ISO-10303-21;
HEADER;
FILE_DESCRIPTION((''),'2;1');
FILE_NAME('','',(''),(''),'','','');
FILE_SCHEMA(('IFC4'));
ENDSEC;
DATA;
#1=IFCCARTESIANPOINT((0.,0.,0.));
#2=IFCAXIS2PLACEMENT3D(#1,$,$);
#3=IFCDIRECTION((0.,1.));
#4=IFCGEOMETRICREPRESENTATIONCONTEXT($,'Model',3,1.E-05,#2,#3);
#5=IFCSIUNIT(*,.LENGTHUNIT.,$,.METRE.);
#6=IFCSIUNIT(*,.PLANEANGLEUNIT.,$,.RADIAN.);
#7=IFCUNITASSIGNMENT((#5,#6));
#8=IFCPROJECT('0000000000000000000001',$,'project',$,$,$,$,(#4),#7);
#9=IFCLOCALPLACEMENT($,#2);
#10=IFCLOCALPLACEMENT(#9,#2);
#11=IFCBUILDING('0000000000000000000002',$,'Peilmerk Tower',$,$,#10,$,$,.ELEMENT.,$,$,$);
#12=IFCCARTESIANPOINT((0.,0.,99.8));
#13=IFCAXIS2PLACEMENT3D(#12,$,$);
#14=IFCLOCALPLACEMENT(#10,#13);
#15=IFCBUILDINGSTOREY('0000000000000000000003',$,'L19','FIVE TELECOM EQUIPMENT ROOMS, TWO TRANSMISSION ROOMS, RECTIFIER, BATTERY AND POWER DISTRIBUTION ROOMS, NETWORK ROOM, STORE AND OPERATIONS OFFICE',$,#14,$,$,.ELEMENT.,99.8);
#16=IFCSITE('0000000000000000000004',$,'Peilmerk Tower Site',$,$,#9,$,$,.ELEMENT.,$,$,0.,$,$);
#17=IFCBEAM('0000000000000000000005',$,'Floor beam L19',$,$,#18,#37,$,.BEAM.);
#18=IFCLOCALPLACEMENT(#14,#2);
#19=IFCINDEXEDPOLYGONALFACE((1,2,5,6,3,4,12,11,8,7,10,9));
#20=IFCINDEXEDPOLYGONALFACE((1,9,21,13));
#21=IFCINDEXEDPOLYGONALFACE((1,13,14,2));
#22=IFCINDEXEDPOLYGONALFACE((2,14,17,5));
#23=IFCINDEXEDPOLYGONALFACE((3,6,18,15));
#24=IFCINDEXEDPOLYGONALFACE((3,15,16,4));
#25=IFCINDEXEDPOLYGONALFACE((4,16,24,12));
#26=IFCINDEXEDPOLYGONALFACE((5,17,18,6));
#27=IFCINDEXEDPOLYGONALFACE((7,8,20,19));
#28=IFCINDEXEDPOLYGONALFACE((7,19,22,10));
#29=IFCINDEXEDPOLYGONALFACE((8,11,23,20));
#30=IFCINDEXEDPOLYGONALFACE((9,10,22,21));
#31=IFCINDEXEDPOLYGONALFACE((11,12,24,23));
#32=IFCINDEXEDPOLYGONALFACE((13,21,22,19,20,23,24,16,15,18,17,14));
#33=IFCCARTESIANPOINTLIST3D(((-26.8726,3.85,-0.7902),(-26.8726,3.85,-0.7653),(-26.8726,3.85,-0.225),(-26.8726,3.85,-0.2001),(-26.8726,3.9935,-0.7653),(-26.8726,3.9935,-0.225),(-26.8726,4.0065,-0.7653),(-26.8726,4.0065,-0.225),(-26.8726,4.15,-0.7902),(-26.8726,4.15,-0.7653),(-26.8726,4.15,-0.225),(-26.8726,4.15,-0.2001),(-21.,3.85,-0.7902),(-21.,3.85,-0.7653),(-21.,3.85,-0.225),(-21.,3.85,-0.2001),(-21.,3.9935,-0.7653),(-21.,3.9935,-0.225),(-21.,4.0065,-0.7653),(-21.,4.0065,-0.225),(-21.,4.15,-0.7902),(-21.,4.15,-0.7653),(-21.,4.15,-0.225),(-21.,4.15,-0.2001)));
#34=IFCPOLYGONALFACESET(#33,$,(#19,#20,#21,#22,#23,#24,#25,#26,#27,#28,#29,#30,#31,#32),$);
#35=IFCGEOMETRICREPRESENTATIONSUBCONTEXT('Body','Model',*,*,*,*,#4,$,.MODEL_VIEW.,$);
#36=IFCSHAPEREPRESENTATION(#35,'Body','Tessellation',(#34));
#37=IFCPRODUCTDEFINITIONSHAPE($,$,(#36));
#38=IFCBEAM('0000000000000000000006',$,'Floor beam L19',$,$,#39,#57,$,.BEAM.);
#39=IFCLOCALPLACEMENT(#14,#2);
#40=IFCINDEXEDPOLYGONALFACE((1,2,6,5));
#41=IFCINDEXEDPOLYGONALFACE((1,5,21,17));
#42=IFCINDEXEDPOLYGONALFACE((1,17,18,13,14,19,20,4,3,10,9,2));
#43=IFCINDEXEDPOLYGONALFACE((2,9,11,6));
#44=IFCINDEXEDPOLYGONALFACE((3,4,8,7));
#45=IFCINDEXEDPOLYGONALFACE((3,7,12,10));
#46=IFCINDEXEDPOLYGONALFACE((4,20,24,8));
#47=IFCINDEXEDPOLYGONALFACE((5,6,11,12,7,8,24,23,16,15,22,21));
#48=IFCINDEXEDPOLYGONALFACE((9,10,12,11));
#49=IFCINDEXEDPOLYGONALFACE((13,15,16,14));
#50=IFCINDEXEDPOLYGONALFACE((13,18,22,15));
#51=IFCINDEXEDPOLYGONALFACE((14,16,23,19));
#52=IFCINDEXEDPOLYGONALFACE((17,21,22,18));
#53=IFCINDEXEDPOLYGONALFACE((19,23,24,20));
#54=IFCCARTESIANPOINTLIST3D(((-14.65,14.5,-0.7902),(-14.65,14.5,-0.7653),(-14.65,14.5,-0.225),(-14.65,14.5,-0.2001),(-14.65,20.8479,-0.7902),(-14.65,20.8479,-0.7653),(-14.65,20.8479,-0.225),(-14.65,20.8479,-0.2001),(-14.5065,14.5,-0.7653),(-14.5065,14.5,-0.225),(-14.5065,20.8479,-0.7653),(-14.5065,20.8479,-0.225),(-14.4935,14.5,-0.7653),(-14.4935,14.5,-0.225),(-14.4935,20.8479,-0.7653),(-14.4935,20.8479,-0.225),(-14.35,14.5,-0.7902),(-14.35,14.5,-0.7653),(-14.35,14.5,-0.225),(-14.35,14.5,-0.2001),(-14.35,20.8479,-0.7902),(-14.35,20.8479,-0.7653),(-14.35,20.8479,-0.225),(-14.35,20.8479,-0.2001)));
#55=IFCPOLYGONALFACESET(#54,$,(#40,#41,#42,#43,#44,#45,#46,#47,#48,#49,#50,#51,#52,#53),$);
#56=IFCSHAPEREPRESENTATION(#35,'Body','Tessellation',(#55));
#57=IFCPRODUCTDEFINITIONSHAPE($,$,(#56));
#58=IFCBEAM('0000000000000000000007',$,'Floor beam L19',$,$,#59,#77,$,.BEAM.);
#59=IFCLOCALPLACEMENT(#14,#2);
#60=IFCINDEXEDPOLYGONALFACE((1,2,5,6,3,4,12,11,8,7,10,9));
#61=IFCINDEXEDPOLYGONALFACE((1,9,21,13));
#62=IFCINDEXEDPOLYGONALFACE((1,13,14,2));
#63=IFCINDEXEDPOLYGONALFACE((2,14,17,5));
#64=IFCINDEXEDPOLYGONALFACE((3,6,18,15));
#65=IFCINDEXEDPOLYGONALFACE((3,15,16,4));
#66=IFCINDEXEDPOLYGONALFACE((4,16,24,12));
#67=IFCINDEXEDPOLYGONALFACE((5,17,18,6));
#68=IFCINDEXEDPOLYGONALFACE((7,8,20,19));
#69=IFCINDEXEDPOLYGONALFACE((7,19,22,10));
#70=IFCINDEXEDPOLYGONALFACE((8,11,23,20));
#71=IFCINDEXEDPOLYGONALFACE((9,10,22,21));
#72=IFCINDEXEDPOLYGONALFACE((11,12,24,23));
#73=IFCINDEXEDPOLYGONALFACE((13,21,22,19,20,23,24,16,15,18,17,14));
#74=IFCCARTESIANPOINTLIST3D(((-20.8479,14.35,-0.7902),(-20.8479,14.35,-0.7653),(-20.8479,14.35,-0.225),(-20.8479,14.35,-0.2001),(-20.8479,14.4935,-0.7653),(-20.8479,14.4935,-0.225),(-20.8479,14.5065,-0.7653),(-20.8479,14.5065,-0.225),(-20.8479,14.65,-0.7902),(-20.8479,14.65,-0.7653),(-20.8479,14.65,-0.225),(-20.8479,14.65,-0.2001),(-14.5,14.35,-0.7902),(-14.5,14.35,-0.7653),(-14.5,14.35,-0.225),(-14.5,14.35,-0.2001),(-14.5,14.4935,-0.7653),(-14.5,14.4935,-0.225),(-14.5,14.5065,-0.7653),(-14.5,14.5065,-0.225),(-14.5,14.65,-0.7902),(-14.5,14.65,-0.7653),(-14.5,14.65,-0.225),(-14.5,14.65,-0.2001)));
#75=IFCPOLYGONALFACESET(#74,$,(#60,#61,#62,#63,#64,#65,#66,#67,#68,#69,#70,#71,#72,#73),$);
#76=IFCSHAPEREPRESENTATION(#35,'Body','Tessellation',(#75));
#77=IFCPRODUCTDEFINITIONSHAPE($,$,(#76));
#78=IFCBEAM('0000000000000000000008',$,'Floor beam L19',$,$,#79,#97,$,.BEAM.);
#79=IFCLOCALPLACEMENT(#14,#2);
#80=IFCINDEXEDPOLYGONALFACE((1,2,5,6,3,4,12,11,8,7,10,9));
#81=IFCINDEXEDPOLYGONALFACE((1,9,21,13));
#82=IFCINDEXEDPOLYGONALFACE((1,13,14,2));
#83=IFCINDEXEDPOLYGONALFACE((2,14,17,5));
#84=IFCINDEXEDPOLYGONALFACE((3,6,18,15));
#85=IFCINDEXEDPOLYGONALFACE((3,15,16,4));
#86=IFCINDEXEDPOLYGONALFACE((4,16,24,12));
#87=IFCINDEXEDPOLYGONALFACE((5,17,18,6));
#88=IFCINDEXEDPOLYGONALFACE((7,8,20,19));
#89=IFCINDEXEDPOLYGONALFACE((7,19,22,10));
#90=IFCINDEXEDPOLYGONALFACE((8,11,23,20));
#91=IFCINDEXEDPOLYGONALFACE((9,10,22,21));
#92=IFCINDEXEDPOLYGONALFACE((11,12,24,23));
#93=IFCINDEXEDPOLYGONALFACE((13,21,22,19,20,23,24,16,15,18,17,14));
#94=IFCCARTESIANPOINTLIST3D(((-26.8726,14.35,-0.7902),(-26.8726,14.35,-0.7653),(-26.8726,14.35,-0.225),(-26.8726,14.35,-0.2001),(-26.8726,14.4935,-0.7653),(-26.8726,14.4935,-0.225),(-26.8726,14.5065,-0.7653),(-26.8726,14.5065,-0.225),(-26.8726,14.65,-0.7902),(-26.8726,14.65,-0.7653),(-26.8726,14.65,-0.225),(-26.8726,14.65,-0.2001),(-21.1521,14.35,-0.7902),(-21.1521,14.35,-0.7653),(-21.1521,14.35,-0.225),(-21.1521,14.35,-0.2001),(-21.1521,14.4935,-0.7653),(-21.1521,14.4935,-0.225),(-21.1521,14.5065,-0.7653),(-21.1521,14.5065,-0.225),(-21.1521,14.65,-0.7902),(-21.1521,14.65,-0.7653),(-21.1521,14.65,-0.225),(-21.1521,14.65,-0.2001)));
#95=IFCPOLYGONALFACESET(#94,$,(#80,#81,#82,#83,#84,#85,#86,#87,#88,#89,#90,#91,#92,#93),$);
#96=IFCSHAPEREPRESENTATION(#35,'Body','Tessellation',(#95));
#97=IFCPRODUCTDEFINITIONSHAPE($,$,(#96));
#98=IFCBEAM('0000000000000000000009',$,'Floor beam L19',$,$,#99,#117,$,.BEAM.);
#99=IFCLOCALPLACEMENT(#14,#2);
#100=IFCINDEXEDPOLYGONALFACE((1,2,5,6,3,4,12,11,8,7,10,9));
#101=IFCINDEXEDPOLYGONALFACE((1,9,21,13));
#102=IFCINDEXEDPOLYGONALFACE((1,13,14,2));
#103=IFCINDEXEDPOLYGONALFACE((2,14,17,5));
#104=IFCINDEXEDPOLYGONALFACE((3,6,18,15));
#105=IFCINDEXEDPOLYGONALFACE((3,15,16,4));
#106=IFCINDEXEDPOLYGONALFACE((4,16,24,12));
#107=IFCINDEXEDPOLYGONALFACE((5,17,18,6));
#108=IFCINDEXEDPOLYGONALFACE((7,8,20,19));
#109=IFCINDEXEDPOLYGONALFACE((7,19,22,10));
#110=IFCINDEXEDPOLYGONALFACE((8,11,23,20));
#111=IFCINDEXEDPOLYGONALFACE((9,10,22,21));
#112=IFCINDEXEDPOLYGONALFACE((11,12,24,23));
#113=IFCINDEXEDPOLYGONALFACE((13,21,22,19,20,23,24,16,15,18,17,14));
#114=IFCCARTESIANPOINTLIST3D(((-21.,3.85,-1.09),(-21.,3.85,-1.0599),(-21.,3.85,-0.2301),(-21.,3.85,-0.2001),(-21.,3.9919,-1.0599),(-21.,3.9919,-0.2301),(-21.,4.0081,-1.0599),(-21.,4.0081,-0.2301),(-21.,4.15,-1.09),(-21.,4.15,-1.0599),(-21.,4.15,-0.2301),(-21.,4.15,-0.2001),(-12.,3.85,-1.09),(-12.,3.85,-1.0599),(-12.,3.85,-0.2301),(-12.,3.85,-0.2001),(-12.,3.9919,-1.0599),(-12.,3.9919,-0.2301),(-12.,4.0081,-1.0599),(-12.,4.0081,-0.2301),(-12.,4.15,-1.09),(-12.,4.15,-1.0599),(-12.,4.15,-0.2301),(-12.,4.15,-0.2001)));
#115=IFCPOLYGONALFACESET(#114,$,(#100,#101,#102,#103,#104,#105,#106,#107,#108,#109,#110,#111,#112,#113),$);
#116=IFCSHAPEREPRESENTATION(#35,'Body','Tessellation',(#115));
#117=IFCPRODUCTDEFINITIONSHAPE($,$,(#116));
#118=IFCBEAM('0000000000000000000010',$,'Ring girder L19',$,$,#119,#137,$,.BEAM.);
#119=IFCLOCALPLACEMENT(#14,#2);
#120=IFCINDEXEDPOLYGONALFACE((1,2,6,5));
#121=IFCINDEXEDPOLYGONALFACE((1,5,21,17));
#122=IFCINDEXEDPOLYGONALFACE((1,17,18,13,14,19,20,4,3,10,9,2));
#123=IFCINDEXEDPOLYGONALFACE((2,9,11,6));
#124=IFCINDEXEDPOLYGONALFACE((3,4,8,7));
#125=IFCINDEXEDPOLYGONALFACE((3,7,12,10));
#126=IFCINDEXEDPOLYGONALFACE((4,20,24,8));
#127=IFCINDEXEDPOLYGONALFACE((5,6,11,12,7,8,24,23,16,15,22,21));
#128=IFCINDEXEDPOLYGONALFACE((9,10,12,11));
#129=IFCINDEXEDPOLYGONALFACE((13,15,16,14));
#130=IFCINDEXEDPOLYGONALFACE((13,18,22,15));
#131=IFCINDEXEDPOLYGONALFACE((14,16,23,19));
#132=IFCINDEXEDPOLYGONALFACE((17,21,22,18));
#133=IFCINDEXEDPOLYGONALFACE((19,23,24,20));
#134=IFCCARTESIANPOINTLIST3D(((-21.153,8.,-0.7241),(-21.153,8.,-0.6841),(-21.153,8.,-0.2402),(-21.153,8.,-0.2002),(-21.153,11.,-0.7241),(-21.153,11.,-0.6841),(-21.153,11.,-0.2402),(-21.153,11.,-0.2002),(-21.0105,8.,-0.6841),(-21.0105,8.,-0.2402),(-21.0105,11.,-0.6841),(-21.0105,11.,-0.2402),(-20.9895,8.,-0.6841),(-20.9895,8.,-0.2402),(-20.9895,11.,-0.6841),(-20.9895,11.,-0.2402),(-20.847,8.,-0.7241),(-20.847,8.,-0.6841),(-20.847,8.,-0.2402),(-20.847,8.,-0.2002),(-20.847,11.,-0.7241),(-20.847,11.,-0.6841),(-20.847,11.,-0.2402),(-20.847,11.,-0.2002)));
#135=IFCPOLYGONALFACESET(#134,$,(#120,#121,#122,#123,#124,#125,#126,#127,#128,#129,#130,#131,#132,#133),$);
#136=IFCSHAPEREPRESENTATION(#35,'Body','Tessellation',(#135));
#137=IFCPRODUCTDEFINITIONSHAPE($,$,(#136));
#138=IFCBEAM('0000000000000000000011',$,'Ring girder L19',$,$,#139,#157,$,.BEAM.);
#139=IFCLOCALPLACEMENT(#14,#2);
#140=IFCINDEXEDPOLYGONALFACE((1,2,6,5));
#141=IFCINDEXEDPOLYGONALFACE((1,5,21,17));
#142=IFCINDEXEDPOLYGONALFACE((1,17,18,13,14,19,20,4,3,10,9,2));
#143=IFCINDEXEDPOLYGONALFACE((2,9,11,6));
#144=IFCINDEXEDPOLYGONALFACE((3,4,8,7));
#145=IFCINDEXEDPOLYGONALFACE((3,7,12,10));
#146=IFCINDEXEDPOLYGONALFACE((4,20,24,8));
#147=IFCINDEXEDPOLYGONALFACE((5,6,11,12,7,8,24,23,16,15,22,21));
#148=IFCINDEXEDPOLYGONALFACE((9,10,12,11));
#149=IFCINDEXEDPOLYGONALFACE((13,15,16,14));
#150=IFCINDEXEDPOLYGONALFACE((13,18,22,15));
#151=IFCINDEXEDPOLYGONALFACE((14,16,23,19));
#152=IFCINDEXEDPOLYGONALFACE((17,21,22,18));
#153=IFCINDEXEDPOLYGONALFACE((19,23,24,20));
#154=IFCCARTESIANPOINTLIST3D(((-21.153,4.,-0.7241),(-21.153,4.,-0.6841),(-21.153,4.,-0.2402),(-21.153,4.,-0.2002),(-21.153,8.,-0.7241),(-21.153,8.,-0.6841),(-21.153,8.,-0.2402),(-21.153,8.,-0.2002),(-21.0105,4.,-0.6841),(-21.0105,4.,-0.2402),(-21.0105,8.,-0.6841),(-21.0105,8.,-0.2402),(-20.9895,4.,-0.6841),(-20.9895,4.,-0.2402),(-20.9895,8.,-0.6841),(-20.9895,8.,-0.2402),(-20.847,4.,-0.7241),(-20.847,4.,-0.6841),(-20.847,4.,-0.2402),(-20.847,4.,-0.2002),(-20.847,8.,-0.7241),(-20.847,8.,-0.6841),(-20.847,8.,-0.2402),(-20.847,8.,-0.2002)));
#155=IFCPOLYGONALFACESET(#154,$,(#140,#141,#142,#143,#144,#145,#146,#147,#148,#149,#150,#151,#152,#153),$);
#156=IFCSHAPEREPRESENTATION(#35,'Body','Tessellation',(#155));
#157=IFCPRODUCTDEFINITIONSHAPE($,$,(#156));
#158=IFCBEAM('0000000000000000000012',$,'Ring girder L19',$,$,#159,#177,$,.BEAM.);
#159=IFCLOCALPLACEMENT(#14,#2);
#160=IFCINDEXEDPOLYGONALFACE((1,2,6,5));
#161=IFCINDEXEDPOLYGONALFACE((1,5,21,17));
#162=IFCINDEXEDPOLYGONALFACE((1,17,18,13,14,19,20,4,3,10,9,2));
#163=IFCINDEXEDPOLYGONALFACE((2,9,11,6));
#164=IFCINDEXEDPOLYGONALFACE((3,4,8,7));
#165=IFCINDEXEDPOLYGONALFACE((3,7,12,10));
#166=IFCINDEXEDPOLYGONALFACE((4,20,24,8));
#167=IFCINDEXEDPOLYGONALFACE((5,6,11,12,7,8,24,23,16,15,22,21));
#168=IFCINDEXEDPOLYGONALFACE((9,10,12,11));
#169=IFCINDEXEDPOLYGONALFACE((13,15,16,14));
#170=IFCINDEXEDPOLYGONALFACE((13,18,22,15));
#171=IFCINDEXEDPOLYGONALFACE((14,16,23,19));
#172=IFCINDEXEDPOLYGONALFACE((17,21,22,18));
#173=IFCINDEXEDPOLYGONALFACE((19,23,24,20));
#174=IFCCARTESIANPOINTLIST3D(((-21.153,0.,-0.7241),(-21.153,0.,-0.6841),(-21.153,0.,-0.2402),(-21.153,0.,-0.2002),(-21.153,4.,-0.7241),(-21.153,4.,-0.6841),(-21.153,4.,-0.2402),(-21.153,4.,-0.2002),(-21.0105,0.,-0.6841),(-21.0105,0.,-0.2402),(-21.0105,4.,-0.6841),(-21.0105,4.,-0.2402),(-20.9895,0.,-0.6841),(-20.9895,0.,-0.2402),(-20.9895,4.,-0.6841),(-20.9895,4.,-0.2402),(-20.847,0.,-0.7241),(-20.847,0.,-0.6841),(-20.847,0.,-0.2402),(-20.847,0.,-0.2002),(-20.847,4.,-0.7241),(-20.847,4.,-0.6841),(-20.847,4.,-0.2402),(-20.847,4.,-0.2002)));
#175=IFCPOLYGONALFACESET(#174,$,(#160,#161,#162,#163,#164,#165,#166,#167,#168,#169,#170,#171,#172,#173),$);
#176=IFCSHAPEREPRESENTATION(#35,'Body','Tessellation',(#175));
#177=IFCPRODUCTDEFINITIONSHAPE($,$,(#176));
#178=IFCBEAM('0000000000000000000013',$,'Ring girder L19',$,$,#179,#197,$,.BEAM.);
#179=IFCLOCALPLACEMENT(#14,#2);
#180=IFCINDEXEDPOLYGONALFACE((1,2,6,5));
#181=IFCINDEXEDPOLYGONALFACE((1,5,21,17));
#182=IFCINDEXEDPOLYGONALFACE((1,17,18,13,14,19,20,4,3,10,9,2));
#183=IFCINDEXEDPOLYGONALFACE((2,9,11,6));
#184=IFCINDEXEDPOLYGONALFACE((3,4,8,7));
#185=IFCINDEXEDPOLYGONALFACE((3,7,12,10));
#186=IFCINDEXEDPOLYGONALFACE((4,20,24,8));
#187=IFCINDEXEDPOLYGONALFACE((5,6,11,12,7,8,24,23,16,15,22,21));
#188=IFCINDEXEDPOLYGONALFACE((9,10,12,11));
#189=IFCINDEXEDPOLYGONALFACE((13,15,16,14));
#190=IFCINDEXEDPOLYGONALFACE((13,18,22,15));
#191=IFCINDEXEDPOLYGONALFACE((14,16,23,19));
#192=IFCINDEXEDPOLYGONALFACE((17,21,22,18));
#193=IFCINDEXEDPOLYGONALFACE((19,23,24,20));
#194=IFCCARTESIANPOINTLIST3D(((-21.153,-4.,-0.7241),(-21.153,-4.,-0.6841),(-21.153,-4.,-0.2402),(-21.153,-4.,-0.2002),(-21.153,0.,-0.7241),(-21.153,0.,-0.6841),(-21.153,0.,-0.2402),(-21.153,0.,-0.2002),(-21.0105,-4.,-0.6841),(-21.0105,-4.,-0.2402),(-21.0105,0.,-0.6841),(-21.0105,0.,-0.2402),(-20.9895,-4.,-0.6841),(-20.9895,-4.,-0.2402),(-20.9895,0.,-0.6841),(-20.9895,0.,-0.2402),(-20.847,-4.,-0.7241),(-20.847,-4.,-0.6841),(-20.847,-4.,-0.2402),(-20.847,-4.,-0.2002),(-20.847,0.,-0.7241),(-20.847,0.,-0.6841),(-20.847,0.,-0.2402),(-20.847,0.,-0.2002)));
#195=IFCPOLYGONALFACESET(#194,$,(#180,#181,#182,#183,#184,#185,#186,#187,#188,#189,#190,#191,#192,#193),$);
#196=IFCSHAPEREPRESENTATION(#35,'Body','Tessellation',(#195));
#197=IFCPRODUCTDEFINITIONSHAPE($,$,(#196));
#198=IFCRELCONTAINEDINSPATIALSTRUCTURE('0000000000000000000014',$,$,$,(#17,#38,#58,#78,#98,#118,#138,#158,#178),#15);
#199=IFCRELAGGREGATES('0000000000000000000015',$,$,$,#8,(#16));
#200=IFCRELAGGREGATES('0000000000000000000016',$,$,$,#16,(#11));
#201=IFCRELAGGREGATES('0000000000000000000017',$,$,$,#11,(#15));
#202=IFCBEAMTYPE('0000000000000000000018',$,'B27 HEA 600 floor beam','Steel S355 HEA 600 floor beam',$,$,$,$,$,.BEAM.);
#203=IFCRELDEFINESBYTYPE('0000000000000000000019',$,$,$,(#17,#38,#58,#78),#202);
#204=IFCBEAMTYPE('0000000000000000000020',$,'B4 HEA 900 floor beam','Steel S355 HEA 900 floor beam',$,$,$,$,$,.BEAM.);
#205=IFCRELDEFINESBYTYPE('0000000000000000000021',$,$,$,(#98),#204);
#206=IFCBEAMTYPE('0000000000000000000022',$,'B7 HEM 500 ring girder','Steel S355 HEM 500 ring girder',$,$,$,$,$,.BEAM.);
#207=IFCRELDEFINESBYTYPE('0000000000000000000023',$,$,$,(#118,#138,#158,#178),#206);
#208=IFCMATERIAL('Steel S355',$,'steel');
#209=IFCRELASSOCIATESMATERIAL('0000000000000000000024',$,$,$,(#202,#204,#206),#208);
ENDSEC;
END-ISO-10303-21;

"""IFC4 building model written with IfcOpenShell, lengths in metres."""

from ifc_helpers import new_model, si_unit, direction, frame, origin, origin_2d, place, context, subcontext, project, spatial, i_section, extrude, material, material_profile, profile_set, type_object, element, save


model = new_model("IFC4")

# Units and contexts
model_context = context("Model", 3, precision=1e-05, world=origin(), true_north=direction((0.0, 1.0)))
body_context = subcontext(model_context, "Body", "Model", "MODEL_VIEW")
ifc_project = project(units=[si_unit("LENGTHUNIT", "METRE"), si_unit("PLANEANGLEUNIT", "RADIAN")], contexts=[model_context])

# Site, building, storey
site_placement = place(None, origin())
site = spatial("IfcSite", under=ifc_project, at=site_placement, Name="Peilmerk Tower Site", CompositionType="ELEMENT", RefElevation=0.0)
building_placement = place(site_placement, origin())
building = spatial("IfcBuilding", under=site, at=building_placement, Name="Peilmerk Tower", CompositionType="ELEMENT")
storey_placement = place(building_placement, frame((0.0, 0.0, 99.8)))
storey = spatial("IfcBuildingStorey", under=building, at=storey_placement, Name="L19", Description="FIVE TELECOM EQUIPMENT ROOMS, TWO TRANSMISSION ROOMS, RECTIFIER, BATTERY AND POWER DISTRIBUTION ROOMS, NETWORK ROOM, STORE AND OPERATIONS OFFICE", CompositionType="ELEMENT", Elevation=99.8)

# Beams
ifc_material_1 = material(Name="Steel S355", Category="steel")
ifc_material_profile_1 = material_profile(ifc_material_1, i_section(OverallWidth=0.3, OverallDepth=0.5901, WebThickness=0.0129, FlangeThickness=0.0249, at=origin_2d()), Name="HEA 600")
ifc_profile_set_1 = profile_set([ifc_material_profile_1], Name="Steel S355")
beam_type_1 = type_object("IfcBeamType", Name="B27 HEA 600 floor beam", Description="Steel S355 HEA 600 floor beam", PredefinedType="BEAM", material=ifc_profile_set_1)
for number, where, z_axis, x_axis, name in (
    (1, (-21.0, 4.0, -0.4951), (-1.0, 0.0, 0.0), (0.0, -1.0, 0.0), "Floor beam L19"),
):
    element("IfcBeam", number, at=place(storey_placement, frame(where, z_axis=z_axis, x_axis=x_axis)), inside=storey, type_object=beam_type_1, Name=name, PredefinedType="BEAM", context=body_context, shape_type="SweptSolid", body=[
        extrude(i_section(OverallWidth=0.3, OverallDepth=0.5901, WebThickness=0.0129, FlangeThickness=0.0249, at=origin_2d()), origin(), (0.0, 0.0, 1.0), 5.8726),
    ])
for number, where, z_axis, x_axis, name in (
    (2, (-14.5, 14.5, -0.4951), (0.0, 1.0, 0.0), (-1.0, 0.0, 0.0), "Floor beam L19"),
    (3, (-14.5, 14.5, -0.4951), (-1.0, 0.0, 0.0), (0.0, -1.0, 0.0), "Floor beam L19"),
):
    element("IfcBeam", number, at=place(storey_placement, frame(where, z_axis=z_axis, x_axis=x_axis)), inside=storey, type_object=beam_type_1, Name=name, PredefinedType="BEAM", context=body_context, shape_type="SweptSolid", body=[
        extrude(i_section(OverallWidth=0.3, OverallDepth=0.5901, WebThickness=0.0129, FlangeThickness=0.0249, at=origin_2d()), origin(), (0.0, 0.0, 1.0), 6.3479),
    ])
beam_1_placement = place(storey_placement, frame((-21.1521, 14.5, -0.4951), z_axis=(-1.0, 0.0, 0.0), x_axis=(0.0, -1.0, 0.0)))
element("IfcBeam", 4, at=beam_1_placement, inside=storey, type_object=beam_type_1, Name="Floor beam L19", PredefinedType="BEAM", context=body_context, shape_type="SweptSolid", body=[
    extrude(i_section(OverallWidth=0.3, OverallDepth=0.5901, WebThickness=0.0129, FlangeThickness=0.0249, at=origin_2d()), origin(), (0.0, 0.0, 1.0), 5.7205),
])
ifc_material_profile_2 = material_profile(ifc_material_1, i_section(OverallWidth=0.3, OverallDepth=0.8899, WebThickness=0.0161, FlangeThickness=0.03, at=origin_2d()), Name="HEA 900")
ifc_profile_set_2 = profile_set([ifc_material_profile_2], Name="Steel S355")
beam_type_2 = type_object("IfcBeamType", Name="B4 HEA 900 floor beam", Description="Steel S355 HEA 900 floor beam", PredefinedType="BEAM", material=ifc_profile_set_2)
beam_2_placement = place(storey_placement, frame((-12.0, 4.0, -0.645), z_axis=(-1.0, 0.0, 0.0), x_axis=(0.0, -1.0, 0.0)))
element("IfcBeam", 5, at=beam_2_placement, inside=storey, type_object=beam_type_2, Name="Floor beam L19", PredefinedType="BEAM", context=body_context, shape_type="SweptSolid", body=[
    extrude(i_section(OverallWidth=0.3, OverallDepth=0.8899, WebThickness=0.0161, FlangeThickness=0.03, at=origin_2d()), origin(), (0.0, 0.0, 1.0), 9.0),
])
ifc_material_profile_3 = material_profile(ifc_material_1, i_section(OverallWidth=0.3059, OverallDepth=0.5239, WebThickness=0.021, FlangeThickness=0.04, at=origin_2d()), Name="HEM 500")
ifc_profile_set_3 = profile_set([ifc_material_profile_3], Name="Steel S355")
beam_type_3 = type_object("IfcBeamType", Name="B7 HEM 500 ring girder", Description="Steel S355 HEM 500 ring girder", PredefinedType="BEAM", material=ifc_profile_set_3)
beam_3_placement = place(storey_placement, frame((-21.0, 11.0, -0.4622), z_axis=(0.0, -1.0, 0.0), x_axis=(1.0, 0.0, 0.0)))
element("IfcBeam", 6, at=beam_3_placement, inside=storey, type_object=beam_type_3, Name="Ring girder L19", PredefinedType="BEAM", context=body_context, shape_type="SweptSolid", body=[
    extrude(i_section(OverallWidth=0.3059, OverallDepth=0.5239, WebThickness=0.021, FlangeThickness=0.04, at=origin_2d()), origin(), (0.0, 0.0, 1.0), 3.0),
])
for number, where, z_axis, x_axis, name in (
    (7, (-21.0, 8.0, -0.4622), (0.0, -1.0, 0.0), (1.0, 0.0, 0.0), "Ring girder L19"),
    (8, (-21.0, 4.0, -0.4622), (0.0, -1.0, 0.0), (1.0, 0.0, 0.0), "Ring girder L19"),
    (9, (-21.0, 0.0, -0.4622), (0.0, -1.0, 0.0), (1.0, 0.0, 0.0), "Ring girder L19"),
):
    element("IfcBeam", number, at=place(storey_placement, frame(where, z_axis=z_axis, x_axis=x_axis)), inside=storey, type_object=beam_type_3, Name=name, PredefinedType="BEAM", context=body_context, shape_type="SweptSolid", body=[
        extrude(i_section(OverallWidth=0.3059, OverallDepth=0.5239, WebThickness=0.021, FlangeThickness=0.04, at=origin_2d()), origin(), (0.0, 0.0, 1.0), 4.0),
    ])

save(model, "model.ifc")
